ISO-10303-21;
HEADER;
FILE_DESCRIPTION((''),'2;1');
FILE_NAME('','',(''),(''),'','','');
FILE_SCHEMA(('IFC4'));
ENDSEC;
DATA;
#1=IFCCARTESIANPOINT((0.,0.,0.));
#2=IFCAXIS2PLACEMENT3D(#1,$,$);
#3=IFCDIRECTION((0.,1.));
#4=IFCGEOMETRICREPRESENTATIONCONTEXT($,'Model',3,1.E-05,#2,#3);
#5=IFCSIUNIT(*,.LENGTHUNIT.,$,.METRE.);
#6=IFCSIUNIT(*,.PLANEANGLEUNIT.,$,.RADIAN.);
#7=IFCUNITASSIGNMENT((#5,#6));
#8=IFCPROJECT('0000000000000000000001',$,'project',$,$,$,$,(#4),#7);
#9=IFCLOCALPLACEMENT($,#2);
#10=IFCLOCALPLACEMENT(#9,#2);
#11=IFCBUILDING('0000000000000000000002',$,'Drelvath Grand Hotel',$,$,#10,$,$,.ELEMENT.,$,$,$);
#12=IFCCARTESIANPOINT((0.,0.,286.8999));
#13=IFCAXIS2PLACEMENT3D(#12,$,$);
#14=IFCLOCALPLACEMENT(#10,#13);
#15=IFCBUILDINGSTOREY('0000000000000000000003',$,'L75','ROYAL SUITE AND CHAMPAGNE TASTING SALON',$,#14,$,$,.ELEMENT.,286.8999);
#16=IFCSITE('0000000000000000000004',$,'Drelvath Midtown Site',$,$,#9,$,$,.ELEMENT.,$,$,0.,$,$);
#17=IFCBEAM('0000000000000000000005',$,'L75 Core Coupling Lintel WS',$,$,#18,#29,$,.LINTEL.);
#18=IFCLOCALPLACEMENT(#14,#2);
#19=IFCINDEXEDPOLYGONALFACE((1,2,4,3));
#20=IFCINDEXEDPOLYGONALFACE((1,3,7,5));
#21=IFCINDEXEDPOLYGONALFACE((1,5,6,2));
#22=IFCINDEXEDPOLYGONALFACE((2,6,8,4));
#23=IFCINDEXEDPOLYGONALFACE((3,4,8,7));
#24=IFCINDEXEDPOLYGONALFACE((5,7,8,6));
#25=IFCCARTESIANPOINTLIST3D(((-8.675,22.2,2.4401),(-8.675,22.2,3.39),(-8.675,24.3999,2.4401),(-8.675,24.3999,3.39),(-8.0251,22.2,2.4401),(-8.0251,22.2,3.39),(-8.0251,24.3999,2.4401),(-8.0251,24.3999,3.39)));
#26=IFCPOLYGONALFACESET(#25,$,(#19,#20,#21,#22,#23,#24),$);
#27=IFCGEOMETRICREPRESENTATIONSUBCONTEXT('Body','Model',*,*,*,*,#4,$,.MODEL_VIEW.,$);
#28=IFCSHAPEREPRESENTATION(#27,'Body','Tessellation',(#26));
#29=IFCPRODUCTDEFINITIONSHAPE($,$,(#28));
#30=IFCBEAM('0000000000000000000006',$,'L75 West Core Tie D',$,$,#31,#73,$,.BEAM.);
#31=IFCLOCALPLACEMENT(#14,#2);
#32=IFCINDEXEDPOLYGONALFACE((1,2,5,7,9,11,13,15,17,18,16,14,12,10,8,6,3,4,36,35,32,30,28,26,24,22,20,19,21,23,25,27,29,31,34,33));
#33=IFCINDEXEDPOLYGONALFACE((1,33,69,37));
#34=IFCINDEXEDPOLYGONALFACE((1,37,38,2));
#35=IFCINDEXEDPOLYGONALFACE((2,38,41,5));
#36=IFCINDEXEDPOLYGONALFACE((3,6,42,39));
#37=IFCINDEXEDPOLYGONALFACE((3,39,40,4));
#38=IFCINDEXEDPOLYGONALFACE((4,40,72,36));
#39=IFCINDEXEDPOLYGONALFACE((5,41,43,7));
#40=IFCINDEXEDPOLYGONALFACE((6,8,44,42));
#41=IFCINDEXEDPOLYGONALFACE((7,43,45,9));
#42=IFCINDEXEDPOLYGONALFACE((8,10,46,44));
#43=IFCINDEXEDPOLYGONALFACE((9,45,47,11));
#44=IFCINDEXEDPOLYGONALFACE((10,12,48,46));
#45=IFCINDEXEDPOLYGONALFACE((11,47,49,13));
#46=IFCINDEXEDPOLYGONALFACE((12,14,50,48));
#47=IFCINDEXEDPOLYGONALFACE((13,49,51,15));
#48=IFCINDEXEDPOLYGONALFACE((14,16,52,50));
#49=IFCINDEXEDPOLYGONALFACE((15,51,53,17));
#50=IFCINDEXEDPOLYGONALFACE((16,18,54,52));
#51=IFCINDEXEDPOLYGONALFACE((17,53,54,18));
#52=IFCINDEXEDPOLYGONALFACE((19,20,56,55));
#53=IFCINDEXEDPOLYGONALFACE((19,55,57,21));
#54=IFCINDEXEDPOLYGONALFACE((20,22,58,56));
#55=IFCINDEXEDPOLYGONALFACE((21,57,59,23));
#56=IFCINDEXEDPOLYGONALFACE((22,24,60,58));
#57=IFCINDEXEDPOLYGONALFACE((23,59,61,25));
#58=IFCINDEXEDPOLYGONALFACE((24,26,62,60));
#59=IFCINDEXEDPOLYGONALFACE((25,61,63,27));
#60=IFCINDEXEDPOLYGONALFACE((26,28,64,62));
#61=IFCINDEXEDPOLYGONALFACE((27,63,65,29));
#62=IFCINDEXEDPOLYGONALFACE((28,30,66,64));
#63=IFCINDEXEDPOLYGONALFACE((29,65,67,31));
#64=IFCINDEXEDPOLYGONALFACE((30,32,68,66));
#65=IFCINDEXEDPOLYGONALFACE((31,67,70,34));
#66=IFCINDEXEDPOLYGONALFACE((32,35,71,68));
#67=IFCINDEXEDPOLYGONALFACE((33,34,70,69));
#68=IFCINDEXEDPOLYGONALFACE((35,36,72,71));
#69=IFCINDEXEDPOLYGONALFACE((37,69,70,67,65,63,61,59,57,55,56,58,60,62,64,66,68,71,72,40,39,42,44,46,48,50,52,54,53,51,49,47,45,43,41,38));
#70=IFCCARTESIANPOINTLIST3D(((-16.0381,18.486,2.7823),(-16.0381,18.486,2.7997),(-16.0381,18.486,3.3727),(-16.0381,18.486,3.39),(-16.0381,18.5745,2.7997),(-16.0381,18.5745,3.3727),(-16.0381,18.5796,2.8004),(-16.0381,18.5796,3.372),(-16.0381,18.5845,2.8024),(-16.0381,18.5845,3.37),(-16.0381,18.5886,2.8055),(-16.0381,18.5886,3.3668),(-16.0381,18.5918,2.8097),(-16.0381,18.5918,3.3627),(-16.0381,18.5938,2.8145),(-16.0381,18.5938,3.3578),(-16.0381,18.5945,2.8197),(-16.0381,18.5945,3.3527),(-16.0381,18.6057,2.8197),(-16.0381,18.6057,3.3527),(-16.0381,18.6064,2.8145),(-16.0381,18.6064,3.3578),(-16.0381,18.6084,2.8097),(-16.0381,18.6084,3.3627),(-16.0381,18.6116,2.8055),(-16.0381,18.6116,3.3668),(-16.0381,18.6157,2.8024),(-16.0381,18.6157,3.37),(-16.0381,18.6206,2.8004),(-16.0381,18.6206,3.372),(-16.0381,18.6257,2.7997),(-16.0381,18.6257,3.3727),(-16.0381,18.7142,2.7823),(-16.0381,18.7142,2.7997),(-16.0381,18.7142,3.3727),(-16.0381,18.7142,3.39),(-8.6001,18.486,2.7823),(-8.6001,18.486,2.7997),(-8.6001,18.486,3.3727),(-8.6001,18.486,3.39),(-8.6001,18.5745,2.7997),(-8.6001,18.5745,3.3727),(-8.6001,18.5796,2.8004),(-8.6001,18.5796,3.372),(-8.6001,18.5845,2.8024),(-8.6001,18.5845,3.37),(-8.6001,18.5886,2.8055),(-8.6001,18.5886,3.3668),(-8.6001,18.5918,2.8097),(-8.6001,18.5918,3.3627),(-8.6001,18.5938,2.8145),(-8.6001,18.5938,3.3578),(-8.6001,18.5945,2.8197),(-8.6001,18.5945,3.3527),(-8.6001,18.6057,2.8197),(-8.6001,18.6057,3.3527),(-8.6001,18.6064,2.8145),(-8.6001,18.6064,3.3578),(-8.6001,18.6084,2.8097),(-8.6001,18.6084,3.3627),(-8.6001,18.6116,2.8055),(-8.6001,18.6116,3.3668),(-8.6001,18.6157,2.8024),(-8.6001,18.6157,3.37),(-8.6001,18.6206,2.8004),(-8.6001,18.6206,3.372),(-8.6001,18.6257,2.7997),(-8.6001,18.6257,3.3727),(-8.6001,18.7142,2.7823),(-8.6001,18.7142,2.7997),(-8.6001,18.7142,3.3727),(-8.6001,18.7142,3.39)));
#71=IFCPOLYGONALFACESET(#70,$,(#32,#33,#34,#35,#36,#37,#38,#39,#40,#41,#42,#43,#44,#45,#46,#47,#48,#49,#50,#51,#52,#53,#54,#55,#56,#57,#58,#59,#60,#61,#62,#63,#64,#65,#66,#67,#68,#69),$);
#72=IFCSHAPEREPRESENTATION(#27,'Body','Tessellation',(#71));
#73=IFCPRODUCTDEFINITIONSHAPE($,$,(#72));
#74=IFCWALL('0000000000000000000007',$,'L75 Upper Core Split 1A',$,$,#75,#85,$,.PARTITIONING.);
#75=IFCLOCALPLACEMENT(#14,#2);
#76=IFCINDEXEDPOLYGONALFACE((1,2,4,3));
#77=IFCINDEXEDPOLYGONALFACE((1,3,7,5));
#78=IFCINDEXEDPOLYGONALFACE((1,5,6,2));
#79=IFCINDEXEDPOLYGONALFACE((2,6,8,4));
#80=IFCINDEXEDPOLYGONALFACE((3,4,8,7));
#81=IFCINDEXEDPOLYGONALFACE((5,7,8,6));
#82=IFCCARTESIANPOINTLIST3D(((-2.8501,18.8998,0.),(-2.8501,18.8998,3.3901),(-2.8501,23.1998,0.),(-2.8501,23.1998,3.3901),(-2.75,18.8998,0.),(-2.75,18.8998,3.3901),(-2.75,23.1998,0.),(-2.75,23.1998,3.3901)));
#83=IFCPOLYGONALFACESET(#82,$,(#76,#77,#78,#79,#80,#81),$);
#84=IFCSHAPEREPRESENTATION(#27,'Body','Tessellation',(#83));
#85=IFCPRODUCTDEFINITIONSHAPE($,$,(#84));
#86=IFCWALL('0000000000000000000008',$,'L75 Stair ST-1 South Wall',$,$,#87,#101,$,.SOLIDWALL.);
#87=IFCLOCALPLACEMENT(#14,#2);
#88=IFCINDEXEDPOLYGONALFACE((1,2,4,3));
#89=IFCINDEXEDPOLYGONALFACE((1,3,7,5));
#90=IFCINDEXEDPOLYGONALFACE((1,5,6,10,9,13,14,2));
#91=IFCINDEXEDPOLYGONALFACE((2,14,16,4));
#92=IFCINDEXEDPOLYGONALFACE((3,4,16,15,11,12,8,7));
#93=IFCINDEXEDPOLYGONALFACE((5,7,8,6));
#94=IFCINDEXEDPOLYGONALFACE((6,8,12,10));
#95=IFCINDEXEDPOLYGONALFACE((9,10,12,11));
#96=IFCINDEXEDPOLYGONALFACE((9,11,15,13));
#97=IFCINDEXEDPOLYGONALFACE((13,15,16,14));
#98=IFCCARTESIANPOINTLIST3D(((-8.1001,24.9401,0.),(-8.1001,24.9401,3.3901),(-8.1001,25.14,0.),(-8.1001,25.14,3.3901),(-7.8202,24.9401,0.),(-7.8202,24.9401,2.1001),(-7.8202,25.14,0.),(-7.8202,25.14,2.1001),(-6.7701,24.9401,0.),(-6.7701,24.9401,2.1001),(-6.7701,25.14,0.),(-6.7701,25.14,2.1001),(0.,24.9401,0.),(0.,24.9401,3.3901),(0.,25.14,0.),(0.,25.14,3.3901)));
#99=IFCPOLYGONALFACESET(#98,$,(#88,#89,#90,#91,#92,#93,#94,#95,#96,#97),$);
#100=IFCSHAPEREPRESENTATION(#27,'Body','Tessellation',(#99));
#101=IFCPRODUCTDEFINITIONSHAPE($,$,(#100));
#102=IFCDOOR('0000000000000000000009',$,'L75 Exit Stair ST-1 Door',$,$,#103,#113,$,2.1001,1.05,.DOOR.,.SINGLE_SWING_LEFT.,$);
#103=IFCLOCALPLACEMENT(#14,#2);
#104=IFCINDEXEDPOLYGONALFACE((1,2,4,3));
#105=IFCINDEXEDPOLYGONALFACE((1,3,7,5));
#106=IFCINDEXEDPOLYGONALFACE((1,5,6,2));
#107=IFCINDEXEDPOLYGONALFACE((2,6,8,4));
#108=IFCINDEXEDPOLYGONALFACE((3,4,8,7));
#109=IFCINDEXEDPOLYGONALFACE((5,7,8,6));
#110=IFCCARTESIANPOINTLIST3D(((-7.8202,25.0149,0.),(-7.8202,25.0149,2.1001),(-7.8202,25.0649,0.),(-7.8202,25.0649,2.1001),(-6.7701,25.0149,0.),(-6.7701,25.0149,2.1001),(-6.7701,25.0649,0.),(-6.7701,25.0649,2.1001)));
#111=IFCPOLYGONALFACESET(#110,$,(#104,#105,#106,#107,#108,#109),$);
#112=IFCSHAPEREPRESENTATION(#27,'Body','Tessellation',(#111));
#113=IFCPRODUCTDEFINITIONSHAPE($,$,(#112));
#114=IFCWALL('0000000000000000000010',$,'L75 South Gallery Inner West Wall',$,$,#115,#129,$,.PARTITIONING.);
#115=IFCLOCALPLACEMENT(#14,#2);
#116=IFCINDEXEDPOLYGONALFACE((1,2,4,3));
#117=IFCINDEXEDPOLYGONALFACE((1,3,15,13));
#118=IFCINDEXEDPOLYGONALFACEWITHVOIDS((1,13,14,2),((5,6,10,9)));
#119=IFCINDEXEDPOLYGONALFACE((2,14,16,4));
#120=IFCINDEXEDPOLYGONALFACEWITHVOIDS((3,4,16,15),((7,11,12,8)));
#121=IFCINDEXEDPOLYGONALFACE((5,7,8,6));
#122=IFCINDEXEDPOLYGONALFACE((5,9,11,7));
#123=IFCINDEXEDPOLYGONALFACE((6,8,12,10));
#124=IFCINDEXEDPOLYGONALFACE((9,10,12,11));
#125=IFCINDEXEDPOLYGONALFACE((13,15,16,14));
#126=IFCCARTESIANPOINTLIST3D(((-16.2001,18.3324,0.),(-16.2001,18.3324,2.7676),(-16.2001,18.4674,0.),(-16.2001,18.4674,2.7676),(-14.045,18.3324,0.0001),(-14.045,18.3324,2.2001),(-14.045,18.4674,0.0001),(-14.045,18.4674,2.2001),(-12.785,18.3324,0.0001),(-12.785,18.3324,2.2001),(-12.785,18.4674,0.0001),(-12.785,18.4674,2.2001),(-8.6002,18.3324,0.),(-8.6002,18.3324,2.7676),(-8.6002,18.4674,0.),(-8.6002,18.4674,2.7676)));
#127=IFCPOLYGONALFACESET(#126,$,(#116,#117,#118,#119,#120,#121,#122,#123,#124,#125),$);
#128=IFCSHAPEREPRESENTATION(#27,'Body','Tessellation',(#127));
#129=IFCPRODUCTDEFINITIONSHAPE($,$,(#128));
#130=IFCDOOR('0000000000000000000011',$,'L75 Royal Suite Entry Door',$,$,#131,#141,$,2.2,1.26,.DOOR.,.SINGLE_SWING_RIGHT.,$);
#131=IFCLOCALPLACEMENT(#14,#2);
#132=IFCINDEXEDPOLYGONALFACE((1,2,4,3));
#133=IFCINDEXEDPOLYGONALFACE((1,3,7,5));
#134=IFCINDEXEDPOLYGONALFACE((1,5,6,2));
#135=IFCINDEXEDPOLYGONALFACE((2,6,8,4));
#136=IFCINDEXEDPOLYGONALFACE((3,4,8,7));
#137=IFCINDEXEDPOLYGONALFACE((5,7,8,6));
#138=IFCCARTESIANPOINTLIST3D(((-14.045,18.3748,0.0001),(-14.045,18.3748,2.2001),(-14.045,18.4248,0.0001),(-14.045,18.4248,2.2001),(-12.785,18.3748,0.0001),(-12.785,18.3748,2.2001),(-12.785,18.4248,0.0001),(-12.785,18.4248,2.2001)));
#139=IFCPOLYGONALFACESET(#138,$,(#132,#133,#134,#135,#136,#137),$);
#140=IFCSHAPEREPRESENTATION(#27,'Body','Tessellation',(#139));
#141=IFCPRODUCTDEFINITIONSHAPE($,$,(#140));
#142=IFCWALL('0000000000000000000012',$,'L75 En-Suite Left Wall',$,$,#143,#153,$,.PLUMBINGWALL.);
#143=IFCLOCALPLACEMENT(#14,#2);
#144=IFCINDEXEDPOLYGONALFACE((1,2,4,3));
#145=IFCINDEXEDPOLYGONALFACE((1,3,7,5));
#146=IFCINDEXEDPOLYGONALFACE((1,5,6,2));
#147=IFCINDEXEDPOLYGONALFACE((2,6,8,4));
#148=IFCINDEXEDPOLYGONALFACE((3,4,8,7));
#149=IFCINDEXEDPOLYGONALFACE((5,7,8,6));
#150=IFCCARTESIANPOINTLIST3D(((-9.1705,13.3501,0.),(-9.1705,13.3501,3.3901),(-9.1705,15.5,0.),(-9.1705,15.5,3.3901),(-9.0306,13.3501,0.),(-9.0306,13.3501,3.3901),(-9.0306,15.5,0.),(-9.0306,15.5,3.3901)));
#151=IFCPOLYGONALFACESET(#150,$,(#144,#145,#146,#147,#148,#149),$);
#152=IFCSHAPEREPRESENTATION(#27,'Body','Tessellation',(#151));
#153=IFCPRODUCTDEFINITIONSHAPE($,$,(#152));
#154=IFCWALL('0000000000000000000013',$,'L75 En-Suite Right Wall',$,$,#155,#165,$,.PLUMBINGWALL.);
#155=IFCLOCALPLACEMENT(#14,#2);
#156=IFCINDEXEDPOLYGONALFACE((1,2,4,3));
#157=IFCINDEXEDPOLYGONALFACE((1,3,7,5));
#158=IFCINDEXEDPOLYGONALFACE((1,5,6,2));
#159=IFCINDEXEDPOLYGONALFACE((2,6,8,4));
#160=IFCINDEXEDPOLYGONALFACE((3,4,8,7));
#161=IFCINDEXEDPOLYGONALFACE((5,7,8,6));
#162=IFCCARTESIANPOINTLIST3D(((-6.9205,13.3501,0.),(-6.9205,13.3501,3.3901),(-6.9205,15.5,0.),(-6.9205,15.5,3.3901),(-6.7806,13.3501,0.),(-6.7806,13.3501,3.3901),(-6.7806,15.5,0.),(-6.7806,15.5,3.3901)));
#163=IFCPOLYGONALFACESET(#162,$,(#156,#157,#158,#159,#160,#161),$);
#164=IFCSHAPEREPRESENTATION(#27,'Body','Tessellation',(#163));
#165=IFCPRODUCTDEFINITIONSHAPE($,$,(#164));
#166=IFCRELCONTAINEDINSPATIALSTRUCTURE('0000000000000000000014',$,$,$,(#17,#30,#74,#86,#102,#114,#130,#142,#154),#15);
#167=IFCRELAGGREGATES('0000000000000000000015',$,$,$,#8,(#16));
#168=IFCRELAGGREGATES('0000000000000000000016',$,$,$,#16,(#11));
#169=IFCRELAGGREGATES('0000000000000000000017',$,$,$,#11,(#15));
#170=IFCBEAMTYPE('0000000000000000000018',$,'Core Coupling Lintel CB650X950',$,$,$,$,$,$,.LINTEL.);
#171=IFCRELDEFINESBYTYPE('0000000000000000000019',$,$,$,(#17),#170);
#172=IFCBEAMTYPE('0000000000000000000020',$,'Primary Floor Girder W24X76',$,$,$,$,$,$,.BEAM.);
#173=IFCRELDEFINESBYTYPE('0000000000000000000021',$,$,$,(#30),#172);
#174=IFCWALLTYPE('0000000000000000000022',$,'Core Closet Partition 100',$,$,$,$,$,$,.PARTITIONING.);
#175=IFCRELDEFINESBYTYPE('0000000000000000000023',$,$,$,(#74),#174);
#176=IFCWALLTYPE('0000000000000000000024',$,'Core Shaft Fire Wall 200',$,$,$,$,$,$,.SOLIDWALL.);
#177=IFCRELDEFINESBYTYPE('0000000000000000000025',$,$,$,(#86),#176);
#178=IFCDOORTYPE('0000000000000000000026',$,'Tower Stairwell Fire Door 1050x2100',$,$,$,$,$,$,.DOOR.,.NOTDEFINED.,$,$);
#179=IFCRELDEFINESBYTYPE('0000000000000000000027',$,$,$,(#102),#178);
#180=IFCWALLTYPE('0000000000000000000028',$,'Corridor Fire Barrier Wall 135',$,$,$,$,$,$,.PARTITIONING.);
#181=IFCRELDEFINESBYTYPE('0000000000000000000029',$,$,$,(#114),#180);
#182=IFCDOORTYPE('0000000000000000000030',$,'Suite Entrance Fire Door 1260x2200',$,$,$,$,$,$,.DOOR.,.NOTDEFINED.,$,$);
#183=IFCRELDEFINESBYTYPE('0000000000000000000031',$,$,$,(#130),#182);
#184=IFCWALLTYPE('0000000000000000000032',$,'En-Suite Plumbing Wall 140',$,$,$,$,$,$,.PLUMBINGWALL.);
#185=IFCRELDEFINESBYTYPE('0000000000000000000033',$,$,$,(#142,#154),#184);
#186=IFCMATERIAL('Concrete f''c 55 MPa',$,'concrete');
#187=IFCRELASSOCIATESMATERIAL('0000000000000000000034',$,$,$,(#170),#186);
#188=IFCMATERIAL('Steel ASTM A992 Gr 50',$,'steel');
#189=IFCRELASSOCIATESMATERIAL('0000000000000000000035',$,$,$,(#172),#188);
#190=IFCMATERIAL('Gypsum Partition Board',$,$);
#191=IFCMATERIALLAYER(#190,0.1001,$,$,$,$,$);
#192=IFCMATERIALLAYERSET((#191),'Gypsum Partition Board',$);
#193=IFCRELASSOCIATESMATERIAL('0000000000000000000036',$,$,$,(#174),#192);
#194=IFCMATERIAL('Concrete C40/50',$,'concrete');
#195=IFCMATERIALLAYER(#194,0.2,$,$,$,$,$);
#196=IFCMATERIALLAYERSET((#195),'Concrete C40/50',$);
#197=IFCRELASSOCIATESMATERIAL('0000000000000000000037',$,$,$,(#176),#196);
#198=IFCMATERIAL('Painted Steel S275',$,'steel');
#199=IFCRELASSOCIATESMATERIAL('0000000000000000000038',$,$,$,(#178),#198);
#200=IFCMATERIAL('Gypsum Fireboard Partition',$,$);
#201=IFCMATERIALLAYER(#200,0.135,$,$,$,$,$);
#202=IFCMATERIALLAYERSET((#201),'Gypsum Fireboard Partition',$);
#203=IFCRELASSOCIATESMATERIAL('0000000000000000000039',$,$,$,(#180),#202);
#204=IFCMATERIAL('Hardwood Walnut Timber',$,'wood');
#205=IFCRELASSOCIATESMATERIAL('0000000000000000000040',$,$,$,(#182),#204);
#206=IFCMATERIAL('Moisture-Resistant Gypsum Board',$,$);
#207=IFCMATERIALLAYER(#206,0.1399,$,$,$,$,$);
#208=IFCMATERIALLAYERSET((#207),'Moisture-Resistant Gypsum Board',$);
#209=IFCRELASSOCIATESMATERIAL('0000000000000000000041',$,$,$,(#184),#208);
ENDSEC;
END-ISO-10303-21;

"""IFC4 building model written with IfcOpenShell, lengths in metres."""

from ifc_helpers import new_model, si_unit, direction, frame, frame_2d, origin, origin_2d, place, context, subcontext, project, spatial, rectangle, i_section, extrude, material, layer, layer_set, material_profile, profile_set, type_object, element, fill, save


model = new_model("IFC4")

# Units and contexts
model_context = context("Model", 3, precision=1e-05, world=origin(), true_north=direction((0.0, 1.0)))
body_context = subcontext(model_context, "Body", "Model", "MODEL_VIEW")
ifc_project = project(units=[si_unit("LENGTHUNIT", "METRE"), si_unit("PLANEANGLEUNIT", "RADIAN")], contexts=[model_context])

# Site, building, storey
site_placement = place(None, origin())
site = spatial("IfcSite", under=ifc_project, at=site_placement, Name="Drelvath Midtown Site", CompositionType="ELEMENT", RefElevation=0.0)
building_placement = place(site_placement, origin())
building = spatial("IfcBuilding", under=site, at=building_placement, Name="Drelvath Grand Hotel", CompositionType="ELEMENT")
storey_placement = place(building_placement, frame((0.0, 0.0, 286.8999)))
storey = spatial("IfcBuildingStorey", under=building, at=storey_placement, Name="L75", Description="ROYAL SUITE AND CHAMPAGNE TASTING SALON", CompositionType="ELEMENT", Elevation=286.8999)

# Beams
ifc_material_1 = material(Name="Concrete f'c 55 MPa", Category="concrete")
ifc_material_profile_1 = material_profile(ifc_material_1, rectangle(XDim=0.6499, YDim=0.95, at=origin_2d()), Name="CB650X950")
ifc_profile_set_1 = profile_set([ifc_material_profile_1], Name="Concrete f'c 55 MPa")
beam_type_1 = type_object("IfcBeamType", Name="Core Coupling Lintel CB650X950", PredefinedType="LINTEL", material=ifc_profile_set_1)
beam_1_placement = place(storey_placement, frame((-8.3501, 22.2, 2.915), z_axis=(0.0, 1.0, 0.0), x_axis=(-1.0, 0.0, 0.0)))
element("IfcBeam", 1, at=beam_1_placement, inside=storey, type_object=beam_type_1, Name="L75 Core Coupling Lintel WS", PredefinedType="LINTEL", context=body_context, shape_type="SweptSolid", body=[
    extrude(rectangle(XDim=0.6499, YDim=0.95, at=origin_2d()), origin(), (0.0, 0.0, 1.0), 2.2),
])
ifc_material_2 = material(Name="Steel ASTM A992 Gr 50", Category="steel")
ifc_material_profile_2 = material_profile(ifc_material_2, i_section(OverallWidth=0.2283, OverallDepth=0.6077, WebThickness=0.0112, FlangeThickness=0.0173, FilletRadius=0.02, at=origin_2d()), Name="W24X76")
ifc_profile_set_2 = profile_set([ifc_material_profile_2], Name="Steel ASTM A992 Gr 50")
beam_type_2 = type_object("IfcBeamType", Name="Primary Floor Girder W24X76", PredefinedType="BEAM", material=ifc_profile_set_2)
beam_2_placement = place(storey_placement, frame((-16.0381, 18.6001, 3.0862), z_axis=(1.0, 0.0, 0.0), x_axis=(0.0, 1.0, 0.0)))
element("IfcBeam", 2, at=beam_2_placement, inside=storey, type_object=beam_type_2, Name="L75 West Core Tie D", PredefinedType="BEAM", context=body_context, shape_type="SweptSolid", body=[
    extrude(i_section(OverallWidth=0.2283, OverallDepth=0.6077, WebThickness=0.0112, FlangeThickness=0.0173, FilletRadius=0.02, at=origin_2d()), origin(), (0.0, 0.0, 1.0), 7.438),
])

# Wall
ifc_material_3 = material(Name="Gypsum Partition Board")
ifc_layer_1 = layer(ifc_material_3, 0.1001)
ifc_layer_set_1 = layer_set([ifc_layer_1], Name="Gypsum Partition Board")
wall_type_1 = type_object("IfcWallType", Name="Core Closet Partition 100", PredefinedType="PARTITIONING", material=ifc_layer_set_1)
wall_1_placement = place(storey_placement, frame((-2.8, 18.8999, 0.0), z_axis=(0.0, 0.0, 1.0), x_axis=(0.0, 1.0, 0.0)))
element("IfcWall", 3, at=wall_1_placement, inside=storey, type_object=wall_type_1, Name="L75 Upper Core Split 1A", PredefinedType="PARTITIONING", context=body_context, shape_type="SweptSolid", body=[
    extrude(rectangle(XDim=4.3, YDim=0.1001, at=frame_2d((2.1499, 0.0))), origin(), (0.0, 0.0, 1.0), 3.3901),
])

# Walls, openings, doors
ifc_material_4 = material(Name="Concrete C40/50", Category="concrete")
ifc_layer_2 = layer(ifc_material_4, 0.2)
ifc_layer_set_2 = layer_set([ifc_layer_2], Name="Concrete C40/50")
wall_type_2 = type_object("IfcWallType", Name="Core Shaft Fire Wall 200", PredefinedType="SOLIDWALL", material=ifc_layer_set_2)
wall_2_placement = place(storey_placement, frame((-8.1001, 25.04, 0.0), z_axis=(0.0, 0.0, 1.0), x_axis=(1.0, 0.0, 0.0)))
wall_2 = element("IfcWall", 4, at=wall_2_placement, inside=storey, type_object=wall_type_2, Name="L75 Stair ST-1 South Wall", PredefinedType="SOLIDWALL", context=body_context, shape_type="SweptSolid", body=[
    extrude(rectangle(XDim=8.1001, YDim=0.2, at=frame_2d((4.05, 0.0))), origin(), (0.0, 0.0, 1.0), 3.3901),
])
opening_1_placement = place(wall_2_placement, frame((0.28, 0.0, 0.0)))
opening_1 = element("IfcOpeningElement", 5, at=opening_1_placement, cuts=wall_2, PredefinedType="OPENING", context=body_context, shape_type="SweptSolid", body=[
    extrude(rectangle(XDim=1.05, YDim=2.1001, at=frame_2d((0.5249, 1.05))), frame((0.0, 0.1099, 0.0), z_axis=(0.0, -1.0, 0.0), x_axis=(1.0, 0.0, 0.0)), (0.0, 0.0, 1.0), 0.22),
])
ifc_material_5 = material(Name="Painted Steel S275", Category="steel")
door_type_1 = type_object("IfcDoorType", Name="Tower Stairwell Fire Door 1050x2100", OperationType="NOTDEFINED", PredefinedType="DOOR", material=ifc_material_5)
door_1_placement = place(opening_1_placement, origin())
door_1 = element("IfcDoor", 6, at=door_1_placement, inside=storey, type_object=door_type_1, Name="L75 Exit Stair ST-1 Door", OperationType="SINGLE_SWING_LEFT", OverallHeight=2.1001, OverallWidth=1.05, PredefinedType="DOOR", context=body_context, shape_type="SweptSolid", body=[
    extrude(rectangle(XDim=1.05, YDim=2.1001, at=frame_2d((0.5249, 1.05))), frame((0.0, 0.0249, 0.0), z_axis=(0.0, -1.0, 0.0), x_axis=(1.0, 0.0, 0.0)), (0.0, 0.0, 1.0), 0.05),
])
fill(opening_1, door_1)
ifc_material_6 = material(Name="Gypsum Fireboard Partition")
ifc_layer_3 = layer(ifc_material_6, 0.135)
ifc_layer_set_3 = layer_set([ifc_layer_3], Name="Gypsum Fireboard Partition")
wall_type_3 = type_object("IfcWallType", Name="Corridor Fire Barrier Wall 135", PredefinedType="PARTITIONING", material=ifc_layer_set_3)
wall_3_placement = place(storey_placement, frame((-16.2, 18.3999, 0.0), z_axis=(0.0, 0.0, 1.0), x_axis=(1.0, 0.0, 0.0)))
wall_3 = element("IfcWall", 7, at=wall_3_placement, inside=storey, type_object=wall_type_3, Name="L75 South Gallery Inner West Wall", PredefinedType="PARTITIONING", context=body_context, shape_type="SweptSolid", body=[
    extrude(rectangle(XDim=7.5999, YDim=0.135, at=frame_2d((3.7998, 0.0))), origin(), (0.0, 0.0, 1.0), 2.7676),
])
opening_2_placement = place(wall_3_placement, frame((2.155, 0.0, 0.0)))
opening_2 = element("IfcOpeningElement", 8, at=opening_2_placement, cuts=wall_3, PredefinedType="OPENING", context=body_context, shape_type="SweptSolid", body=[
    extrude(rectangle(XDim=1.26, YDim=2.2, at=frame_2d((0.6299, 1.1001))), frame((0.0, 0.0774, 0.0), z_axis=(0.0, -1.0, 0.0), x_axis=(1.0, 0.0, 0.0)), (0.0, 0.0, 1.0), 0.155),
])
ifc_material_7 = material(Name="Hardwood Walnut Timber", Category="wood")
door_type_2 = type_object("IfcDoorType", Name="Suite Entrance Fire Door 1260x2200", OperationType="NOTDEFINED", PredefinedType="DOOR", material=ifc_material_7)
door_2_placement = place(opening_2_placement, origin())
door_2 = element("IfcDoor", 9, at=door_2_placement, inside=storey, type_object=door_type_2, Name="L75 Royal Suite Entry Door", OperationType="SINGLE_SWING_RIGHT", OverallHeight=2.2, OverallWidth=1.26, PredefinedType="DOOR", context=body_context, shape_type="SweptSolid", body=[
    extrude(rectangle(XDim=1.26, YDim=2.2, at=frame_2d((0.6299, 1.1001))), frame((0.0, 0.0249, 0.0), z_axis=(0.0, -1.0, 0.0), x_axis=(1.0, 0.0, 0.0)), (0.0, 0.0, 1.0), 0.05),
])
fill(opening_2, door_2)

# Walls
ifc_material_8 = material(Name="Moisture-Resistant Gypsum Board")
ifc_layer_4 = layer(ifc_material_8, 0.1399)
ifc_layer_set_4 = layer_set([ifc_layer_4], Name="Moisture-Resistant Gypsum Board")
wall_type_4 = type_object("IfcWallType", Name="En-Suite Plumbing Wall 140", PredefinedType="PLUMBINGWALL", material=ifc_layer_set_4)
for number, where, z_axis, x_axis, name in (
    (10, (-9.1006, 15.5, 0.0), (0.0, 0.0, 1.0), (0.0, -1.0, 0.0), "L75 En-Suite Left Wall"),
    (11, (-6.8506, 15.5, 0.0), (0.0, 0.0, 1.0), (0.0, -1.0, 0.0), "L75 En-Suite Right Wall"),
):
    element("IfcWall", number, at=place(storey_placement, frame(where, z_axis=z_axis, x_axis=x_axis)), inside=storey, type_object=wall_type_4, Name=name, PredefinedType="PLUMBINGWALL", context=body_context, shape_type="SweptSolid", body=[
        extrude(rectangle(XDim=2.1499, YDim=0.1399, at=frame_2d((1.075, 0.0))), origin(), (0.0, 0.0, 1.0), 3.3901),
    ])

save(model, "model.ifc")
